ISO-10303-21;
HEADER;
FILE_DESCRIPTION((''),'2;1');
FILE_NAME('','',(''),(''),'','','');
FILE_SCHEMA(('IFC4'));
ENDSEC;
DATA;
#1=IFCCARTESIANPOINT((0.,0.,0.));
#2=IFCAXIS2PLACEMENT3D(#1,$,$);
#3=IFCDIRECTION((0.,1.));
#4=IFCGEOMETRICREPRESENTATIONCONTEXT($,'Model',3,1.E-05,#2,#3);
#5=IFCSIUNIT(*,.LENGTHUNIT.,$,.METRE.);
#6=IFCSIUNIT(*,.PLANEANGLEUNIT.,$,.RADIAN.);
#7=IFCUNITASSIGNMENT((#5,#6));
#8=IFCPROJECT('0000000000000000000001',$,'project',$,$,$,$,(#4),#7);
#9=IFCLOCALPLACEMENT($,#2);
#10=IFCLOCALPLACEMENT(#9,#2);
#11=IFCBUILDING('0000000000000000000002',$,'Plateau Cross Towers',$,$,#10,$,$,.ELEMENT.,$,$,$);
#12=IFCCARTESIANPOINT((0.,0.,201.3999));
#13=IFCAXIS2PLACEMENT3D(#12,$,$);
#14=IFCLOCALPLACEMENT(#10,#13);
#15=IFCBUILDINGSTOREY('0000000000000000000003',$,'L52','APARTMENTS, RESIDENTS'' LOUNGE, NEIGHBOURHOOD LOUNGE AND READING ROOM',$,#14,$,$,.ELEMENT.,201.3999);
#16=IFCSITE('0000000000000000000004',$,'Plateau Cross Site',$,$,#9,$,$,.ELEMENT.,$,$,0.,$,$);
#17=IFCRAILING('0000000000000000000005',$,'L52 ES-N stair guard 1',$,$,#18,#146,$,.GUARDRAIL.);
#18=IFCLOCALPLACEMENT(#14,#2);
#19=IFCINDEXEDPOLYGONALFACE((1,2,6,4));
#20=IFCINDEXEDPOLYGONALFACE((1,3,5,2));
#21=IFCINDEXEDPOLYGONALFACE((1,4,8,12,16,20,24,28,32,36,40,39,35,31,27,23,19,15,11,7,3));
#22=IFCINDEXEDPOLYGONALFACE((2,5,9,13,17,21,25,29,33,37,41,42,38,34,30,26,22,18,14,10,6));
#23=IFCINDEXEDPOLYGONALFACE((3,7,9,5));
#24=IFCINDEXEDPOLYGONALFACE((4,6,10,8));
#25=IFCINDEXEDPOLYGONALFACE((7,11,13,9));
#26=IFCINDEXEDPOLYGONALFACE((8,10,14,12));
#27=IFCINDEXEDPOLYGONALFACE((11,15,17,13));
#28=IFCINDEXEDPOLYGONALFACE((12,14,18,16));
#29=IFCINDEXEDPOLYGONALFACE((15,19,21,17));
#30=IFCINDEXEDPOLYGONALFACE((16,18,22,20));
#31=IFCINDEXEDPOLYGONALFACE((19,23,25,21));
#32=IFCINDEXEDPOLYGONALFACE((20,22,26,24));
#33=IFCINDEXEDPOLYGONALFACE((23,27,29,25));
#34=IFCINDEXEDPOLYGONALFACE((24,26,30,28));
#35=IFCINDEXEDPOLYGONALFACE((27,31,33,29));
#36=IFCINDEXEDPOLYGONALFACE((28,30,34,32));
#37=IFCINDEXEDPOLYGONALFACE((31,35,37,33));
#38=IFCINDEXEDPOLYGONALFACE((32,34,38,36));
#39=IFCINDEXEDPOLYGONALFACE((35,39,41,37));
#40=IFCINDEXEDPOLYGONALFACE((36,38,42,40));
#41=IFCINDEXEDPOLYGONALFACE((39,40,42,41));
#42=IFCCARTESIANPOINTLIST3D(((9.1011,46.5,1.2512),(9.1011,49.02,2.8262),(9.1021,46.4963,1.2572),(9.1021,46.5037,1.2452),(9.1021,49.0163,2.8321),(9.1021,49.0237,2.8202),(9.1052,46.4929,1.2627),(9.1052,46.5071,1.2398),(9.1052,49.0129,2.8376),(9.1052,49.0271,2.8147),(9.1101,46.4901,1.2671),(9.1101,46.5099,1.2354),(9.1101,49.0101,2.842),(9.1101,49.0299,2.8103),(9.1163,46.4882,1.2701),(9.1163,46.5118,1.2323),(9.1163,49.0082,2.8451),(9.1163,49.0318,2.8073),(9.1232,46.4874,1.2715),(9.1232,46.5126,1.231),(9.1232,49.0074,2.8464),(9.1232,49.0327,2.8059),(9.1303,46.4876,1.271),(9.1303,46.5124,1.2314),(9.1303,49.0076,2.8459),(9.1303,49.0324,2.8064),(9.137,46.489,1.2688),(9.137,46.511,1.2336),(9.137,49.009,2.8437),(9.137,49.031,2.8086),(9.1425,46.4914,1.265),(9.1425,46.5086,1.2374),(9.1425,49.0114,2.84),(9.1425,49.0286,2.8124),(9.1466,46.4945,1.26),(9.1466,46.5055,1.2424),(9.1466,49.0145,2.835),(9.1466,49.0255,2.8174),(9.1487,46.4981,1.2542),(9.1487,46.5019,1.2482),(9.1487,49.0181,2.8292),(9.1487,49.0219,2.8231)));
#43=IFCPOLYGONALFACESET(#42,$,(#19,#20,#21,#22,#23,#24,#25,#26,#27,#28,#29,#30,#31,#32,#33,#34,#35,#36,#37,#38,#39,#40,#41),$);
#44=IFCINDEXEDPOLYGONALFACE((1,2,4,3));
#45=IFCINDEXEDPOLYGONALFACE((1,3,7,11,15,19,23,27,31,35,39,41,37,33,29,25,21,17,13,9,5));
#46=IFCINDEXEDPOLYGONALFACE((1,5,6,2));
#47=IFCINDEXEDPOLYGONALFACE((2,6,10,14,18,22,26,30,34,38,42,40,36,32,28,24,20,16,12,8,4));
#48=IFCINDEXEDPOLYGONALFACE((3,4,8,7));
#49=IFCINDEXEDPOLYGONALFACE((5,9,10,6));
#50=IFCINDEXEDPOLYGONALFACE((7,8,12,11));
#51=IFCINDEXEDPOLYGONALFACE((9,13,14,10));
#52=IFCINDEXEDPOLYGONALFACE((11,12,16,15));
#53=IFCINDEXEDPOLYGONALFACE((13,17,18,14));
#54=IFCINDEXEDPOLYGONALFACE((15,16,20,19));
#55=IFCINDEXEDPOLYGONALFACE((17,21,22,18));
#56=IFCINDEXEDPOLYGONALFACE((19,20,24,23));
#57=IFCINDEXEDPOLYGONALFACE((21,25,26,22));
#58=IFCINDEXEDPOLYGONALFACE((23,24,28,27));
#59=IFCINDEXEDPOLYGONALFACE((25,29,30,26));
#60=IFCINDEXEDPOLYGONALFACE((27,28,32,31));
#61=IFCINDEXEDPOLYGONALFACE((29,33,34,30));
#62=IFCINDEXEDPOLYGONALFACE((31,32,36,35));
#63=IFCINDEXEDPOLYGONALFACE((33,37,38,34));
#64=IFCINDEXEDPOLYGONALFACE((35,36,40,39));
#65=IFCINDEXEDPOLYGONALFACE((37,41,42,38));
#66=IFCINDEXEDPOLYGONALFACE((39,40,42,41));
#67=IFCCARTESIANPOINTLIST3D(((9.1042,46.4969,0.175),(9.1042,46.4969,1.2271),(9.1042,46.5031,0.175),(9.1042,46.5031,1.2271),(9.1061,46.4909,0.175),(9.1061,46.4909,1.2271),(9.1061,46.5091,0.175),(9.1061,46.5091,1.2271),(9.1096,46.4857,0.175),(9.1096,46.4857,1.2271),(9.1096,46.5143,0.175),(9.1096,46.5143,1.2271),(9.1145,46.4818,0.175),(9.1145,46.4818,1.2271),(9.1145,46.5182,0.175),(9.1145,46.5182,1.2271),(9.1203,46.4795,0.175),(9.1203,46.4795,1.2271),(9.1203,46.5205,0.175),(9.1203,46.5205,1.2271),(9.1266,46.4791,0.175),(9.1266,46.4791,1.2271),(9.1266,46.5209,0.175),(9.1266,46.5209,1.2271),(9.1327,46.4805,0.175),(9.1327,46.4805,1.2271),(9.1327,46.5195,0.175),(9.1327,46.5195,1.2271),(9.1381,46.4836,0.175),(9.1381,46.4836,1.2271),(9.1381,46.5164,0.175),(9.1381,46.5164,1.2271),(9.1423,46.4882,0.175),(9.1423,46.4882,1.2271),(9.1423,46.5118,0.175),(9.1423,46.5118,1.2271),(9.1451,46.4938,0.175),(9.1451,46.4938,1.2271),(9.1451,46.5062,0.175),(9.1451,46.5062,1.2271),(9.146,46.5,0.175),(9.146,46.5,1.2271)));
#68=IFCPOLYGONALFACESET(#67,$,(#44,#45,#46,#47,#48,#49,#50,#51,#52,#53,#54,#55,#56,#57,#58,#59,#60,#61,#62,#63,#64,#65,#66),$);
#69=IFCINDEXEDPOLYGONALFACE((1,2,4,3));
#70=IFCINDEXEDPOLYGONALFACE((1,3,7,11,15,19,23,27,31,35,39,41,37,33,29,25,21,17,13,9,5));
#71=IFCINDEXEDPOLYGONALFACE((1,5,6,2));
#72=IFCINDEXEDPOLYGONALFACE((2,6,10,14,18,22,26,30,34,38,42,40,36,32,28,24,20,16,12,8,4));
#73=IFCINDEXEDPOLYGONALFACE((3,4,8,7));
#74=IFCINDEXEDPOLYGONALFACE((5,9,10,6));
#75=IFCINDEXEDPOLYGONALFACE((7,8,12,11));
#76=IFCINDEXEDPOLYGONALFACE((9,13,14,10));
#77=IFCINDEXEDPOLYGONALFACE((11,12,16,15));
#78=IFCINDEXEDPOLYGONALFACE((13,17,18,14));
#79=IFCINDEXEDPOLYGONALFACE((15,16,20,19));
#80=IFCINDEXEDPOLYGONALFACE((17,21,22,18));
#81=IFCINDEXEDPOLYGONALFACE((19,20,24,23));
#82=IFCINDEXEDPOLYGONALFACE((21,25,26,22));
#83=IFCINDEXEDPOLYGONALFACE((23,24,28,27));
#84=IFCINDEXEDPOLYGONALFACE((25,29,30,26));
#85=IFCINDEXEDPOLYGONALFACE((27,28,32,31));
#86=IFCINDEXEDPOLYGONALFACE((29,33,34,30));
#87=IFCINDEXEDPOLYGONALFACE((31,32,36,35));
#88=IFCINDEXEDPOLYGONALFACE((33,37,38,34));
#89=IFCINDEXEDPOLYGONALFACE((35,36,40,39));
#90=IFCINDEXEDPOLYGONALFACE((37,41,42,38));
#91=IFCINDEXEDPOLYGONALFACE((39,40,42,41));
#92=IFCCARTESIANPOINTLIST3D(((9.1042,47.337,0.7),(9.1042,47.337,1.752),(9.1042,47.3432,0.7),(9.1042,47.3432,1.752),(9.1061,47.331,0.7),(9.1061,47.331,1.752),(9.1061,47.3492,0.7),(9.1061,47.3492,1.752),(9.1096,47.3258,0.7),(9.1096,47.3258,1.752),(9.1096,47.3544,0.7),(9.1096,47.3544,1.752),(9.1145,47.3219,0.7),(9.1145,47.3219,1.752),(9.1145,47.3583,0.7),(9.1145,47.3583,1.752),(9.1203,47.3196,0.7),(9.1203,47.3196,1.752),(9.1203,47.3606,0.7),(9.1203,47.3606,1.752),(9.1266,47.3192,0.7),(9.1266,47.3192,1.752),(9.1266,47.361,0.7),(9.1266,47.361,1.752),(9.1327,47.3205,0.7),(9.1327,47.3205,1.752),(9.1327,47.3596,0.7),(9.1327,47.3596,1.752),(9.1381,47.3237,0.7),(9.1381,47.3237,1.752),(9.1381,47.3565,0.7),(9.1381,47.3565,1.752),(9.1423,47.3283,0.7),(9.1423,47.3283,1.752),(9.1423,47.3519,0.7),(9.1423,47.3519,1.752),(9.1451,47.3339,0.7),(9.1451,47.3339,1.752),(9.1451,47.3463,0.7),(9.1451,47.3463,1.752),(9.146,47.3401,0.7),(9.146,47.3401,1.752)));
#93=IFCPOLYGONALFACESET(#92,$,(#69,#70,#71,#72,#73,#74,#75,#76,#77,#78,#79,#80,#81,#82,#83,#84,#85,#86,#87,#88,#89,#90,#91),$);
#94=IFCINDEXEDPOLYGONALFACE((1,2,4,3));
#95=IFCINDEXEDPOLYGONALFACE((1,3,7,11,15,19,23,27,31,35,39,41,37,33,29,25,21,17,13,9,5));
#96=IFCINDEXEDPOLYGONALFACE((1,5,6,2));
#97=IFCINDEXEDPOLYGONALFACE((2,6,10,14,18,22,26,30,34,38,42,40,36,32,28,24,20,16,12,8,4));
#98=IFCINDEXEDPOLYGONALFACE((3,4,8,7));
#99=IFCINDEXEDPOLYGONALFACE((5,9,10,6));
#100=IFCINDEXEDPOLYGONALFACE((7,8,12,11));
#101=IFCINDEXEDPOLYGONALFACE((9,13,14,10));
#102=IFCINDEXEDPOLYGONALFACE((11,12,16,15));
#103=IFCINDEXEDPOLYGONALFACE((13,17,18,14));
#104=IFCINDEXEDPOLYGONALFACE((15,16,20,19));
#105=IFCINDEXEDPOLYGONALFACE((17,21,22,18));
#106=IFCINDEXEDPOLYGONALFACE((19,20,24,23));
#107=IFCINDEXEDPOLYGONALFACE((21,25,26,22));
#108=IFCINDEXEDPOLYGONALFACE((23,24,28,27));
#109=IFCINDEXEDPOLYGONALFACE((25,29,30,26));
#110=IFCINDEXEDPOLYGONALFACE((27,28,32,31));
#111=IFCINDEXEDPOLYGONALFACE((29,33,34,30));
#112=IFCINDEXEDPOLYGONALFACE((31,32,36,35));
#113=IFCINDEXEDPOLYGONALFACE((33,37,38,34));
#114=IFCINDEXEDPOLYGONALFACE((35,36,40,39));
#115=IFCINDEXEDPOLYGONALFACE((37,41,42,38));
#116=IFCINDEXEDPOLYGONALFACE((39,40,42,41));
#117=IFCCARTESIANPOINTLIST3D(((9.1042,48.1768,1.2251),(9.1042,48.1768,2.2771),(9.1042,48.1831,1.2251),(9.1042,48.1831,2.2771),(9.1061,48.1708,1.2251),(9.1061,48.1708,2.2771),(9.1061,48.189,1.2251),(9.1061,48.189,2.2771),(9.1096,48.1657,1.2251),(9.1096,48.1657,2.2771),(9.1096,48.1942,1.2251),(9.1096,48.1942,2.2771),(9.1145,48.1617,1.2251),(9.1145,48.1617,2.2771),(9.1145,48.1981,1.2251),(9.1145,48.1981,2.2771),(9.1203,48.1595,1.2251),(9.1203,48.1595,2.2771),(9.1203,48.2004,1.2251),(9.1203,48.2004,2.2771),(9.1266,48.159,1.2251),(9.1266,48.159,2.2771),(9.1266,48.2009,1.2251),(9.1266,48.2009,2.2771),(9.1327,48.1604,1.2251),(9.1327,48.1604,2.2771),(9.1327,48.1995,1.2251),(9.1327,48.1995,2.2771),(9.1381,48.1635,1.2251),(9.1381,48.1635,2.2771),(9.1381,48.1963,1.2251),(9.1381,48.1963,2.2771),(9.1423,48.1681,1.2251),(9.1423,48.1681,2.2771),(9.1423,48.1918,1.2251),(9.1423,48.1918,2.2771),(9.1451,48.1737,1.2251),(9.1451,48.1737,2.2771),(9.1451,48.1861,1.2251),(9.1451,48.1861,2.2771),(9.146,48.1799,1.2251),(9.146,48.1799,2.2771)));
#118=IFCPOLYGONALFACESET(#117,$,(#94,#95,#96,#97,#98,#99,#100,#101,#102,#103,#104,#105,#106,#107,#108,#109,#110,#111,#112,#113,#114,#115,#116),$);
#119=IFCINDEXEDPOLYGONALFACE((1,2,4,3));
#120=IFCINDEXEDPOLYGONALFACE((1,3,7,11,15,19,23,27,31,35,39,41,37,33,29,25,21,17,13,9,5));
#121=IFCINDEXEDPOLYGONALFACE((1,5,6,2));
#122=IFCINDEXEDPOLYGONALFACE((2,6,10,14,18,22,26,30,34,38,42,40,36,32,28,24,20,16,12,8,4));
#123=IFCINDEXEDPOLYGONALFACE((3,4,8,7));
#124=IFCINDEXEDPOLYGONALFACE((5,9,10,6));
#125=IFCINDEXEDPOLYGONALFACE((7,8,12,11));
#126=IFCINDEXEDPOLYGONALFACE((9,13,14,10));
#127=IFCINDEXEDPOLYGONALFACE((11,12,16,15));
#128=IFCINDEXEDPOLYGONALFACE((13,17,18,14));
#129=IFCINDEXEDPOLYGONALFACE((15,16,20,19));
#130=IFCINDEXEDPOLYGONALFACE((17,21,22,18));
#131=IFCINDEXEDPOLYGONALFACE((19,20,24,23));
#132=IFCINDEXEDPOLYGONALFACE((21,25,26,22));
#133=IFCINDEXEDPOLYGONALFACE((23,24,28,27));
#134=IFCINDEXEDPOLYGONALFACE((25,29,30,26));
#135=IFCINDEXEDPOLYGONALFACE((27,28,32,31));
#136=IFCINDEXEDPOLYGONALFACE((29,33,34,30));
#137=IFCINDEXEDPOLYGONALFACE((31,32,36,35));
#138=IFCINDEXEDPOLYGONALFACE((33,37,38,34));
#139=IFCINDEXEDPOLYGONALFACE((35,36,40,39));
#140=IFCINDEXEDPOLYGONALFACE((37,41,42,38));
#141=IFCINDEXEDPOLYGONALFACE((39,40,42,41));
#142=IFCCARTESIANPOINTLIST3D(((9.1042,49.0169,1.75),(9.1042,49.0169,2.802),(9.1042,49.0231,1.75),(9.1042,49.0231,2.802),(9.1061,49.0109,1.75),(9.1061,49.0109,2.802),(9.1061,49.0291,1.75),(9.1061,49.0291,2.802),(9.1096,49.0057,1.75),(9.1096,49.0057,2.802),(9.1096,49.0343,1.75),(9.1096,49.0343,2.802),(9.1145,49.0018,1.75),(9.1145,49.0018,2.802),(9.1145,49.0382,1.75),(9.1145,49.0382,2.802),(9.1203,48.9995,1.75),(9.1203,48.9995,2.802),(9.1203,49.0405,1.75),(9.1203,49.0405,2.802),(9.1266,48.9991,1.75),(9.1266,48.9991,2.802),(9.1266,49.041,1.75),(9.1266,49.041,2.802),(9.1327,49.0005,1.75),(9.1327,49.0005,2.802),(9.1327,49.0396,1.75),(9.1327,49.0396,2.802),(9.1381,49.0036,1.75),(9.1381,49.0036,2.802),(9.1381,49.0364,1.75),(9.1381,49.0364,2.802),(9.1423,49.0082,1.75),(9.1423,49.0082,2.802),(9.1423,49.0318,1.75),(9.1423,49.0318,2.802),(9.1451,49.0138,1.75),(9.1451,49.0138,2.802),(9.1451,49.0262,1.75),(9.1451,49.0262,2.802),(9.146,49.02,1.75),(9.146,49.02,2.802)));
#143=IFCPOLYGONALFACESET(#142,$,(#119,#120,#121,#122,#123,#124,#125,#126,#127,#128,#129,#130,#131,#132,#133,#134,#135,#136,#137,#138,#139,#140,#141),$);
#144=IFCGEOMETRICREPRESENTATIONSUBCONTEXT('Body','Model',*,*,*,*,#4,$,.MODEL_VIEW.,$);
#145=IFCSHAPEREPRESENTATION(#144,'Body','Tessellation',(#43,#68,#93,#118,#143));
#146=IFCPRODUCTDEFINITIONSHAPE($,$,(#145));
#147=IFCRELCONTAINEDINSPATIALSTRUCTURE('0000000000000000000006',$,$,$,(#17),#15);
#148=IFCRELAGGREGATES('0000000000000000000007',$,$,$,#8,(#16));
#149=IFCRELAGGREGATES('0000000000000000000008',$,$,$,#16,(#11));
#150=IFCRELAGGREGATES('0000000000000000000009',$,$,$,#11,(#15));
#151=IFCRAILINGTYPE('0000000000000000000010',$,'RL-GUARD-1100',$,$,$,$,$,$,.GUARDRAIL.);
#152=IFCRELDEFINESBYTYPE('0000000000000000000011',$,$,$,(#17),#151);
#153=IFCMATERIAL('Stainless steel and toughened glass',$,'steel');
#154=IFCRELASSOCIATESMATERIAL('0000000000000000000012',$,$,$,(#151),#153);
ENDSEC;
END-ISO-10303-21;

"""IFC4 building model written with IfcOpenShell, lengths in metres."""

from ifc_helpers import new_model, si_unit, direction, frame, origin, origin_2d, place, context, subcontext, project, spatial, circle, extrude, material, type_object, element, save


model = new_model("IFC4")

# Units and contexts
model_context = context("Model", 3, precision=1e-05, world=origin(), true_north=direction((0.0, 1.0)))
body_context = subcontext(model_context, "Body", "Model", "MODEL_VIEW")
ifc_project = project(units=[si_unit("LENGTHUNIT", "METRE"), si_unit("PLANEANGLEUNIT", "RADIAN")], contexts=[model_context])

# Site, building, storey
site_placement = place(None, origin())
site = spatial("IfcSite", under=ifc_project, at=site_placement, Name="Plateau Cross Site", CompositionType="ELEMENT", RefElevation=0.0)
building_placement = place(site_placement, origin())
building = spatial("IfcBuilding", under=site, at=building_placement, Name="Plateau Cross Towers", CompositionType="ELEMENT")
storey_placement = place(building_placement, frame((0.0, 0.0, 201.3999)))
storey = spatial("IfcBuildingStorey", under=building, at=storey_placement, Name="L52", Description="APARTMENTS, RESIDENTS' LOUNGE, NEIGHBOURHOOD LOUNGE AND READING ROOM", CompositionType="ELEMENT", Elevation=201.3999)

# Railing
ifc_material_1 = material(Name="Stainless steel and toughened glass", Category="steel")
railing_type_1 = type_object("IfcRailingType", Name="RL-GUARD-1100", PredefinedType="GUARDRAIL", material=ifc_material_1)
railing_1_placement = place(storey_placement, frame((9.125, 46.5, 0.175)))
element("IfcRailing", 1, at=railing_1_placement, inside=storey, type_object=railing_type_1, Name="L52 ES-N stair guard 1", PredefinedType="GUARDRAIL", context=body_context, shape_type="SweptSolid", body=[
    extrude(circle(Radius=0.0239, at=origin_2d()), frame((0.0, 0.0, 1.0762), z_axis=(0.0, 0.848008, 0.529984), x_axis=(-1.0, 0.0, 0.0)), (0.0, 0.0, 1.0), 2.9717),
    extrude(circle(Radius=0.021, at=origin_2d()), origin(), (0.0, 0.0, 1.0), 1.052),
    extrude(circle(Radius=0.021, at=origin_2d()), frame((0.0, 0.8401, 0.5249)), (0.0, 0.0, 1.0), 1.052),
    extrude(circle(Radius=0.021, at=origin_2d()), frame((0.0, 1.6799, 1.05)), (0.0, 0.0, 1.0), 1.052),
    extrude(circle(Radius=0.021, at=origin_2d()), frame((0.0, 2.52, 1.575)), (0.0, 0.0, 1.0), 1.052),
])

save(model, "model.ifc")
